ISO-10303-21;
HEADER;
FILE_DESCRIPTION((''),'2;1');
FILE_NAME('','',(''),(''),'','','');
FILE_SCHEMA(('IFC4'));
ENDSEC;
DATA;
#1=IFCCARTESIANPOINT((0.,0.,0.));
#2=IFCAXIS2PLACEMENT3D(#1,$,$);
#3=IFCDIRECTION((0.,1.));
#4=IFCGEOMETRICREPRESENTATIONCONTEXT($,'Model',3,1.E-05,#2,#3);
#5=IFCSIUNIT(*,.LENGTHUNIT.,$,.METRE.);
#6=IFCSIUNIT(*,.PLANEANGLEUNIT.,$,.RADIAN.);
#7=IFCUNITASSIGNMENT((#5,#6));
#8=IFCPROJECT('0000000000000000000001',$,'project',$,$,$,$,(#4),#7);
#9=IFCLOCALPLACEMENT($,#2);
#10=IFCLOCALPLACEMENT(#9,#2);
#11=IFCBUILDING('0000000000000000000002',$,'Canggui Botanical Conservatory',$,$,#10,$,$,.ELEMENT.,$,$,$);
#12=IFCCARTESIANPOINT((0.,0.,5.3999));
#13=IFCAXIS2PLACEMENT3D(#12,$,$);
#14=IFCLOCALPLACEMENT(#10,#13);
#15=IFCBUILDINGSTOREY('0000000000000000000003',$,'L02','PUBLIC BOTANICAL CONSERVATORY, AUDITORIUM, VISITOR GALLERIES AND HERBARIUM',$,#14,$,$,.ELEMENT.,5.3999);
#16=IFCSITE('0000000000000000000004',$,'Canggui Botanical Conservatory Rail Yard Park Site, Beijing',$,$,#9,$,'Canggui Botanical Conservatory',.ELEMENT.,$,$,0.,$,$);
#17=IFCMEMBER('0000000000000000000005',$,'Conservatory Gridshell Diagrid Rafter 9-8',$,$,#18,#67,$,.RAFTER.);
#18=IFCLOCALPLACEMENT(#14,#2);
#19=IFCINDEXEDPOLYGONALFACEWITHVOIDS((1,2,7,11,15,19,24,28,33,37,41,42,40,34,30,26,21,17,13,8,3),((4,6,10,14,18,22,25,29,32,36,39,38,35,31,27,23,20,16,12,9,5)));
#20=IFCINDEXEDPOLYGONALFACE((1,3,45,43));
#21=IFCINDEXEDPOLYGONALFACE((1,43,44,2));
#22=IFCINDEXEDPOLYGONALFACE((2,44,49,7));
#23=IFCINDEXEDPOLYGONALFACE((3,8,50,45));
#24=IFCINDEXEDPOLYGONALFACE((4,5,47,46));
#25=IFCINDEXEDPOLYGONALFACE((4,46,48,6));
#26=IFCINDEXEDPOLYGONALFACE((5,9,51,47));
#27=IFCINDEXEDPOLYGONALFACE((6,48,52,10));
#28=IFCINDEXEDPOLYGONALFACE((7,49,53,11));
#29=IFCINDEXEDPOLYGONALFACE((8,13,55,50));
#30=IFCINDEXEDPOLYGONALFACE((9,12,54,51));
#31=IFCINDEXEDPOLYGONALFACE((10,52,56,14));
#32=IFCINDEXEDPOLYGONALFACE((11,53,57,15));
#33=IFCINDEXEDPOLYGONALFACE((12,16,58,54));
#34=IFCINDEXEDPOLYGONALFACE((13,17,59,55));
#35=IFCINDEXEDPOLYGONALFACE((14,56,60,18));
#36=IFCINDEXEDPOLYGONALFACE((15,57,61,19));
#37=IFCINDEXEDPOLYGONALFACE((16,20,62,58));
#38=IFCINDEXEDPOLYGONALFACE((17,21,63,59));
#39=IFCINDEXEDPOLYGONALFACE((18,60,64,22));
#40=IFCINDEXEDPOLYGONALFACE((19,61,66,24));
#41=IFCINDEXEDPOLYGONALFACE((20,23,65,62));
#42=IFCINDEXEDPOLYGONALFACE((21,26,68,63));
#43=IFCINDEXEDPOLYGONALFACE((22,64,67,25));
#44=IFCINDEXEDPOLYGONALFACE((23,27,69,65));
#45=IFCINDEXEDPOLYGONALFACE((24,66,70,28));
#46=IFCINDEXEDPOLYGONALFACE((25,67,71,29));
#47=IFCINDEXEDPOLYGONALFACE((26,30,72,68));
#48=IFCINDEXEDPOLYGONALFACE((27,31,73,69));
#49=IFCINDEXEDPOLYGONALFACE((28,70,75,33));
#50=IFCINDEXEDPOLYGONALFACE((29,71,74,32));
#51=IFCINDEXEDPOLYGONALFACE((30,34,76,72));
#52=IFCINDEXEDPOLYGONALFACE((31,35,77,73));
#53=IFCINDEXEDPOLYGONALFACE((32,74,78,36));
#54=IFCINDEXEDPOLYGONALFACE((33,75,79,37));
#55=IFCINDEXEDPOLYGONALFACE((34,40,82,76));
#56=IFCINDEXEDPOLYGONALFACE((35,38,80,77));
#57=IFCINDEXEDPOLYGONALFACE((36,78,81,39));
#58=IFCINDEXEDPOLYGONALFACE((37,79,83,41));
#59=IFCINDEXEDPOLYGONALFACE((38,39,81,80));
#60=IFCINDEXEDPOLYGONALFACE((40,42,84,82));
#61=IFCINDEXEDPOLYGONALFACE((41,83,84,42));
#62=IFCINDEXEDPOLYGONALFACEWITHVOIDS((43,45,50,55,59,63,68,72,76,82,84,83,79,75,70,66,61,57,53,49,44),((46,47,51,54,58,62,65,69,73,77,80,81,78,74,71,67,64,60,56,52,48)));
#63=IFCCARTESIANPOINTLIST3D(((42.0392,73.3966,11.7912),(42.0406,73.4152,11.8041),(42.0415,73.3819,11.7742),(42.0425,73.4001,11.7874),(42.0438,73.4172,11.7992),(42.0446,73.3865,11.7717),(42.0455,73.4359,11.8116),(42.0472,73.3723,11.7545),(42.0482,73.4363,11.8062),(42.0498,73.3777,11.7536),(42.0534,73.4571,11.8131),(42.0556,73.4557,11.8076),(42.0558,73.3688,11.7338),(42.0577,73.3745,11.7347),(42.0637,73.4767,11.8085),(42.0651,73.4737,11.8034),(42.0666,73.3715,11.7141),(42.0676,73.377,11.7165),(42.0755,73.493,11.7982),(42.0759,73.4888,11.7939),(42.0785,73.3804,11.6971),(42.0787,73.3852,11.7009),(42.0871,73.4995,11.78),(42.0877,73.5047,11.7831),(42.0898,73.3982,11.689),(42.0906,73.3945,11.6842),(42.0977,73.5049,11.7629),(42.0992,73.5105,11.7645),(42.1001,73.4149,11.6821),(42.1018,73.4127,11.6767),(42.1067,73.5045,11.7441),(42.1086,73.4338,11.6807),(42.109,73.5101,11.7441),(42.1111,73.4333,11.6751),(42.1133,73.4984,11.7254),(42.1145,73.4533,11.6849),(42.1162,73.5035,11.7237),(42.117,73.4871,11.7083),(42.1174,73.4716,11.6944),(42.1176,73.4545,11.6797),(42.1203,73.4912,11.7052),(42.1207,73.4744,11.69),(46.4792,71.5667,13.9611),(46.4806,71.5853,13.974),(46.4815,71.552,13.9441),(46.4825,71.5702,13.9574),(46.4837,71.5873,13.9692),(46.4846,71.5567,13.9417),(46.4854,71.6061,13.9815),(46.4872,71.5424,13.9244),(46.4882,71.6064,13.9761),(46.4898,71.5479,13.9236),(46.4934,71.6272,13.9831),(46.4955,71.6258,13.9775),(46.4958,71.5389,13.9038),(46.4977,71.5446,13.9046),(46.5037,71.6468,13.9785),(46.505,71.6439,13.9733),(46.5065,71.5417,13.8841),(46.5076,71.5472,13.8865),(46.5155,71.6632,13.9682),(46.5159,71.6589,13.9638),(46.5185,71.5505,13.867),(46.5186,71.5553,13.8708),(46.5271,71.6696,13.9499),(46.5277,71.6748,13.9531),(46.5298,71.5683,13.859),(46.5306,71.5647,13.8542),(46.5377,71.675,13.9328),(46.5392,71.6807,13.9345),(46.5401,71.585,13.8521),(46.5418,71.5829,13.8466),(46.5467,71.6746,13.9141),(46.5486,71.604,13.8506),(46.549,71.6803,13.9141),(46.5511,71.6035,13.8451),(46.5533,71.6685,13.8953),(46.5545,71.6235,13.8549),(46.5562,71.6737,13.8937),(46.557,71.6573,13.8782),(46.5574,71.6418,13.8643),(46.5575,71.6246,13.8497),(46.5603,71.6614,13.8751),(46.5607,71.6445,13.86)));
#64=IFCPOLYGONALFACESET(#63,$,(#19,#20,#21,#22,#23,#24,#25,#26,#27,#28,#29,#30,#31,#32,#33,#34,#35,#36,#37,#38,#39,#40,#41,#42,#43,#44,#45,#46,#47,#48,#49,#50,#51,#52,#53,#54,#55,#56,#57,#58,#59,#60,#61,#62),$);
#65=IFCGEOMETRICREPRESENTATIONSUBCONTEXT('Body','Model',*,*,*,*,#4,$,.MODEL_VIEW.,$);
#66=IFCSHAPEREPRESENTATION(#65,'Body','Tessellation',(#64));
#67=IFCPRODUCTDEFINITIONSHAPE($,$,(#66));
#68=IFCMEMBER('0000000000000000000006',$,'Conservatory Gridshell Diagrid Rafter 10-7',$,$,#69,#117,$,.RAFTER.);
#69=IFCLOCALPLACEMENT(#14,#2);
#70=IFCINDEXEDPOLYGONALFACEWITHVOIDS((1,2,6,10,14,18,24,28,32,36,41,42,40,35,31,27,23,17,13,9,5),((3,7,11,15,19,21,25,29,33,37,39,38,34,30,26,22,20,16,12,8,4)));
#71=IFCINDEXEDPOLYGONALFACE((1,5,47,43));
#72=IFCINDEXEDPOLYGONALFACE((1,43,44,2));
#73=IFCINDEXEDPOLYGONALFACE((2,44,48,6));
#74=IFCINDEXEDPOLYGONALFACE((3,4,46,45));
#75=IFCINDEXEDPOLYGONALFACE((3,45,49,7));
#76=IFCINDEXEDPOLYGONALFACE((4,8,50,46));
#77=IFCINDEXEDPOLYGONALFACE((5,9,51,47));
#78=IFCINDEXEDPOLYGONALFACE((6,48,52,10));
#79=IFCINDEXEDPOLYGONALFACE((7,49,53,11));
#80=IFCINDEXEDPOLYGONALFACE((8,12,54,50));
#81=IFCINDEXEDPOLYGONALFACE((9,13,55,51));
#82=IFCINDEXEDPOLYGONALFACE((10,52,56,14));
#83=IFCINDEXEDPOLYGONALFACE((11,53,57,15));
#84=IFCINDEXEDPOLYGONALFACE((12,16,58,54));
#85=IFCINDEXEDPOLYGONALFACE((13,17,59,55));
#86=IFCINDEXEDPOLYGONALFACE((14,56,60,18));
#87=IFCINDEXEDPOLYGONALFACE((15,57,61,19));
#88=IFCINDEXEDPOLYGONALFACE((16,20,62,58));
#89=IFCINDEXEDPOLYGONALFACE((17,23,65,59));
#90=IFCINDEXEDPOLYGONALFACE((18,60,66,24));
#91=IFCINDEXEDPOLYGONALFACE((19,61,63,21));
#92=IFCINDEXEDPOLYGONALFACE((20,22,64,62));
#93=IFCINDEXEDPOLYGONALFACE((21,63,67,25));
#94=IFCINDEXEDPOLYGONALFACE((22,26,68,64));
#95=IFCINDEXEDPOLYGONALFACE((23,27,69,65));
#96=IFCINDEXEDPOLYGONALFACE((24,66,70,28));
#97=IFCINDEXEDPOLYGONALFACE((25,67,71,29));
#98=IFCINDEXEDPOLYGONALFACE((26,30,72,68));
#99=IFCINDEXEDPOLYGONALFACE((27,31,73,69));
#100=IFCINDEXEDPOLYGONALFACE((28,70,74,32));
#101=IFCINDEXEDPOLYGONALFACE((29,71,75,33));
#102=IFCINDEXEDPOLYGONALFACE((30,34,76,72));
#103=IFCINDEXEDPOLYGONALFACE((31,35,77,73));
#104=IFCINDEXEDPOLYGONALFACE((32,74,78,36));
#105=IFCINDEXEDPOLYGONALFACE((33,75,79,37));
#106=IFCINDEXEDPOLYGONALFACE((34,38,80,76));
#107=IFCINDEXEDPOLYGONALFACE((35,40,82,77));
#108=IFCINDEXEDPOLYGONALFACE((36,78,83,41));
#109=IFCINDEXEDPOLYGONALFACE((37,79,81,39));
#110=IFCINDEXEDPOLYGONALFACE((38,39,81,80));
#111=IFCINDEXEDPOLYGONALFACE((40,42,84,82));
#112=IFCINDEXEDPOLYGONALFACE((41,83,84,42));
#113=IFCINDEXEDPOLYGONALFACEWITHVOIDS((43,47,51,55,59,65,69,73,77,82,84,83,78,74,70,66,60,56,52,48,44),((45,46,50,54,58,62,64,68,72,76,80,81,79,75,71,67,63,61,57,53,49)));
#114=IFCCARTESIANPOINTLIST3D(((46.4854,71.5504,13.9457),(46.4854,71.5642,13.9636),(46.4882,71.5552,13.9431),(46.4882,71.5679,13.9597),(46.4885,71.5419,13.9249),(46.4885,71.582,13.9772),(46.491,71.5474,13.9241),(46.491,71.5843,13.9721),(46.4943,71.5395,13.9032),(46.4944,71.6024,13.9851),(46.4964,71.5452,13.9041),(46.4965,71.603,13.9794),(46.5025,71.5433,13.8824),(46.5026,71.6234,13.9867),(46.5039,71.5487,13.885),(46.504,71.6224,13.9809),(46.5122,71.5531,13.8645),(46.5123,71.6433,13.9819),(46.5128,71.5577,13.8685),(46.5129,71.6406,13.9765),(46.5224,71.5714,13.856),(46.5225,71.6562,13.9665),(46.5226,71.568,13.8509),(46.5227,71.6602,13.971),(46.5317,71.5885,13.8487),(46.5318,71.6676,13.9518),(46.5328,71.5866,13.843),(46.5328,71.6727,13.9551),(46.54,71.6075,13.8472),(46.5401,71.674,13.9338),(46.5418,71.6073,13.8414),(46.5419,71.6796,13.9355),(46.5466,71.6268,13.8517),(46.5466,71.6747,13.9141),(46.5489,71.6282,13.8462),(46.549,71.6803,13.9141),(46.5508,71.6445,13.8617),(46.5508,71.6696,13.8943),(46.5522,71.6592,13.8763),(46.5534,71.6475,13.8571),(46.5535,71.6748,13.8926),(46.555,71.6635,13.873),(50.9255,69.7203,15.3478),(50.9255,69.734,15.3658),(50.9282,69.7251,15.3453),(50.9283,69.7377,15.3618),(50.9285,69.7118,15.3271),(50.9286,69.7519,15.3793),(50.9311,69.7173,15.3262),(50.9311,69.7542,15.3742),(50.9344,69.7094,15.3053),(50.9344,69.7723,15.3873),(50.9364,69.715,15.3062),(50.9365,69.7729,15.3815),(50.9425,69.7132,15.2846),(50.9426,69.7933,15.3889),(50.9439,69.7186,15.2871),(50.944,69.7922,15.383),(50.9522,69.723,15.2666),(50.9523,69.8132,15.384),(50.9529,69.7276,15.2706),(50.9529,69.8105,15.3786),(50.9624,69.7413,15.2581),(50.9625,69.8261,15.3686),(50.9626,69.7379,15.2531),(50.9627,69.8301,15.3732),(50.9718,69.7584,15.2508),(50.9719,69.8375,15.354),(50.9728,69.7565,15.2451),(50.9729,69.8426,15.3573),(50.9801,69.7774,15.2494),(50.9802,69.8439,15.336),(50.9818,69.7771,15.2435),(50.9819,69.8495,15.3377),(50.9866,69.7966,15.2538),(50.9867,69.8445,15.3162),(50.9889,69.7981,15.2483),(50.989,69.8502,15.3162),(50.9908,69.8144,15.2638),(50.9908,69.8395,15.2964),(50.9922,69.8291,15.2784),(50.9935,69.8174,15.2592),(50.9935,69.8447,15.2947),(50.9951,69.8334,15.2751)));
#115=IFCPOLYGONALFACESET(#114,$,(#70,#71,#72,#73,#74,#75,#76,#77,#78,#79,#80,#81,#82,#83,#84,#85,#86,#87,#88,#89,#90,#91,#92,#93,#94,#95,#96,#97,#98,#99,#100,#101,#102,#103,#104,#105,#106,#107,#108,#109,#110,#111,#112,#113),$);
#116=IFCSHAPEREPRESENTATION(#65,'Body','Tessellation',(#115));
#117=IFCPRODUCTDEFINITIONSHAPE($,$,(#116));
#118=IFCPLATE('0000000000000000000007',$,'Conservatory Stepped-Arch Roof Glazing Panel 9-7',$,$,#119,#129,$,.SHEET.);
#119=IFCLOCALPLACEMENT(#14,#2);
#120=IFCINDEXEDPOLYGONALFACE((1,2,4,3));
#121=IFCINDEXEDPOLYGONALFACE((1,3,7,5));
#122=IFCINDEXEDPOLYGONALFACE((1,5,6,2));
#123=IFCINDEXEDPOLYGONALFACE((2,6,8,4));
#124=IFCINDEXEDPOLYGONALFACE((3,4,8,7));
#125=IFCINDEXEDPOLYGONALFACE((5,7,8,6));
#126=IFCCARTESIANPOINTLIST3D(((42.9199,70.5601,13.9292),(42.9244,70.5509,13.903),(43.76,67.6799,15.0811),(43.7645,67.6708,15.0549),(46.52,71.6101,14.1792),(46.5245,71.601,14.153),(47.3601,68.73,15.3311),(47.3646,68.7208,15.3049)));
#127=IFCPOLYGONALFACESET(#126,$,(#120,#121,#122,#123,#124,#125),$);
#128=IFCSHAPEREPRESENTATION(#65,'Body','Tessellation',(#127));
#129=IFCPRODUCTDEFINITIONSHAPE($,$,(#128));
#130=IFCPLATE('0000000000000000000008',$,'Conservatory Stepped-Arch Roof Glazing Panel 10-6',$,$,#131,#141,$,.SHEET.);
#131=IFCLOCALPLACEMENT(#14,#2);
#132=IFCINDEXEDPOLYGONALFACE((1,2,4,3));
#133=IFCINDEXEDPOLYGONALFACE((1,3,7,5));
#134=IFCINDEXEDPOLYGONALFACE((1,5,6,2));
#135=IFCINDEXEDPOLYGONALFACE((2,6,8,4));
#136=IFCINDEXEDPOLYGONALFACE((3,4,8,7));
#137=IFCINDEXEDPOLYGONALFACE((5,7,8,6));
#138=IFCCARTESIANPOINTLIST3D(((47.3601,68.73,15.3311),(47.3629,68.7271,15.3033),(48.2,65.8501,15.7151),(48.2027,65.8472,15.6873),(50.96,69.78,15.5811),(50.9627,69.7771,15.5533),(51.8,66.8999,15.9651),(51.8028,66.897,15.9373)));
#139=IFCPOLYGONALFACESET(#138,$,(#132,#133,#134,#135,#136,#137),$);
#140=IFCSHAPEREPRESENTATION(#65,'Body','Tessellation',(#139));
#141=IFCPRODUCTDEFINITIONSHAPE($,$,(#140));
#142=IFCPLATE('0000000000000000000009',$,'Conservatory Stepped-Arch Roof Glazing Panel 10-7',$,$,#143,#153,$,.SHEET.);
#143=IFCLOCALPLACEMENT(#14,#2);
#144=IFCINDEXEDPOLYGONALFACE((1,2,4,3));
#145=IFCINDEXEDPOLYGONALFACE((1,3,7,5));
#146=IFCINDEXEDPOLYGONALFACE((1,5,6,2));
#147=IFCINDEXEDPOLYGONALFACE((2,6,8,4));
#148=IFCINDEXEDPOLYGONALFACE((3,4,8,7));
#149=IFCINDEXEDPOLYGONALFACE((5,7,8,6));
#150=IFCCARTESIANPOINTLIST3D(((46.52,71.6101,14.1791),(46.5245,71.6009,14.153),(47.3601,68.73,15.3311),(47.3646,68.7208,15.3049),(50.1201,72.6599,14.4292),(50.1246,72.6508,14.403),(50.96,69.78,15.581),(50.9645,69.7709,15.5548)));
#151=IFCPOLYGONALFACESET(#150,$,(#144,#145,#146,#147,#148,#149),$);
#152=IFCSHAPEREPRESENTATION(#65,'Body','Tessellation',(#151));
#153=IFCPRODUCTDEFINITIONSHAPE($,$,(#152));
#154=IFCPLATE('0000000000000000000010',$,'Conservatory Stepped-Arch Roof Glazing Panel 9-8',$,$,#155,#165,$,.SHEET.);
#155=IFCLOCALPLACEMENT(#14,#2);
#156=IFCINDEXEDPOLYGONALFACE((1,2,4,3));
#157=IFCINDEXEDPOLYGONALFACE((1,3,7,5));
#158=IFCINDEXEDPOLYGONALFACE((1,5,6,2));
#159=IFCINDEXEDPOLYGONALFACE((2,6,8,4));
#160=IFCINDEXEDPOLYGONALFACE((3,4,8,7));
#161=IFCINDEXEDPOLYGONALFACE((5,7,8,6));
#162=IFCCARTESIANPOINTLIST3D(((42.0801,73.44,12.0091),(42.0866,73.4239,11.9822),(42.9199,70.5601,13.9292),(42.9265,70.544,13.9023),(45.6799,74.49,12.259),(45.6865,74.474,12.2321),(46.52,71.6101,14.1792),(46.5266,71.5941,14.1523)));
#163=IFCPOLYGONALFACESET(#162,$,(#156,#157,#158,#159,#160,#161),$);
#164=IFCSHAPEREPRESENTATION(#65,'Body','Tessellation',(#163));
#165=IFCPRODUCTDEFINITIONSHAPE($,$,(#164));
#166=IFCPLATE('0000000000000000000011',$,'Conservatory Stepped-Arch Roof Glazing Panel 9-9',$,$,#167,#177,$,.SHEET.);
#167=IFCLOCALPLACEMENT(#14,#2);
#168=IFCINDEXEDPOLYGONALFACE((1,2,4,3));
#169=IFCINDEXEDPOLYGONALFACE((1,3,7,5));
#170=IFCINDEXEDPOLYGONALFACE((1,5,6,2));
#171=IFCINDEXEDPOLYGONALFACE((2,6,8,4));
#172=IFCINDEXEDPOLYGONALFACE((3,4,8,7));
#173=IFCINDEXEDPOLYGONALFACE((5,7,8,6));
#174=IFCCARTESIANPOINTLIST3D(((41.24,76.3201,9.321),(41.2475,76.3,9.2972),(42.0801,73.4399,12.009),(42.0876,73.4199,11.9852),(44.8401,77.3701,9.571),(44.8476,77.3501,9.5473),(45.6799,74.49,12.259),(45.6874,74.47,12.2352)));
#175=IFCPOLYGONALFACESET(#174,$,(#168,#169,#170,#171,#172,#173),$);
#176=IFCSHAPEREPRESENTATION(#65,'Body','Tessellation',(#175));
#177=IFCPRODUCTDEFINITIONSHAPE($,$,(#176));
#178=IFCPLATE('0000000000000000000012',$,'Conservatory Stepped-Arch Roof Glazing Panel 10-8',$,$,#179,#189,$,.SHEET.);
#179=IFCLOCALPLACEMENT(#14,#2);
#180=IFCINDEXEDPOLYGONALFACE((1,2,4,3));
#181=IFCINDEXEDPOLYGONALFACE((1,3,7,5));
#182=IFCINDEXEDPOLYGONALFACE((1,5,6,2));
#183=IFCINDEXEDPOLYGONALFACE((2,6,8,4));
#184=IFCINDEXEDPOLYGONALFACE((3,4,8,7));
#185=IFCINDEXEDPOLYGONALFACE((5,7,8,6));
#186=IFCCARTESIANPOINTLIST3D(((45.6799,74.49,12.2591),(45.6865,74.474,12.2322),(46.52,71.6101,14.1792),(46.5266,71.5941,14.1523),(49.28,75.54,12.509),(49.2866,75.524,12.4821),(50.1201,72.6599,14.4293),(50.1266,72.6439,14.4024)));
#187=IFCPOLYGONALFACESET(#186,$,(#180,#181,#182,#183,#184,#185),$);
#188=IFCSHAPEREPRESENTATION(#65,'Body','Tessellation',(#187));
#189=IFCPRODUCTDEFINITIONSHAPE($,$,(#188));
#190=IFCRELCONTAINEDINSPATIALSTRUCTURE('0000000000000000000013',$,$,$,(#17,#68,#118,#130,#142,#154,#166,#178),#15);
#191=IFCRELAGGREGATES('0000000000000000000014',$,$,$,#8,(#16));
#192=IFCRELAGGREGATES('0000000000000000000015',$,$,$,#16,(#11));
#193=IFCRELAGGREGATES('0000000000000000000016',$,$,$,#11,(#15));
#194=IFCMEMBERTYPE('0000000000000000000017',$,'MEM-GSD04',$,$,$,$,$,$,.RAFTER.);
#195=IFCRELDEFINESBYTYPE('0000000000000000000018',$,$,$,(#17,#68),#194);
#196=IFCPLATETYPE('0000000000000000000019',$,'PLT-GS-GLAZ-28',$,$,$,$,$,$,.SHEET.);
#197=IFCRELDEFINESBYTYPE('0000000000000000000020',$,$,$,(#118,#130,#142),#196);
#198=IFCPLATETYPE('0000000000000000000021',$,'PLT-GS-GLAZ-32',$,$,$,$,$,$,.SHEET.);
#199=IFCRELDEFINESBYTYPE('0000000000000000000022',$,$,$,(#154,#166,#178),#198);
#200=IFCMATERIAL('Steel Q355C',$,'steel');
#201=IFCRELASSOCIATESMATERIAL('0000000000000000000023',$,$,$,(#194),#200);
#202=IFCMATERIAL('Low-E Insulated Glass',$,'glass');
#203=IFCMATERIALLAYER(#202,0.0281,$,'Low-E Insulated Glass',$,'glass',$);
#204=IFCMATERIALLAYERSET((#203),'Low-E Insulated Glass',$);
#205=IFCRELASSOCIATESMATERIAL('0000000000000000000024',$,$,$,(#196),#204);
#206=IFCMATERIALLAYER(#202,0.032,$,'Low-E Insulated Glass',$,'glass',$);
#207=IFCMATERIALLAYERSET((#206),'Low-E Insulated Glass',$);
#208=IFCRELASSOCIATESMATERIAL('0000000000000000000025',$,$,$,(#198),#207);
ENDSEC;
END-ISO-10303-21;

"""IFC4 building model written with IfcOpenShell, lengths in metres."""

from ifc_helpers import new_model, si_unit, direction, frame, origin, origin_2d, place, context, subcontext, project, spatial, polyline, hollow_circle, outline, extrude, material, layer, layer_set, material_profile, profile_set, type_object, element, save


model = new_model("IFC4")

# Units and contexts
model_context = context("Model", 3, precision=1e-05, world=origin(), true_north=direction((0.0, 1.0)))
body_context = subcontext(model_context, "Body", "Model", "MODEL_VIEW")
ifc_project = project(units=[si_unit("LENGTHUNIT", "METRE"), si_unit("PLANEANGLEUNIT", "RADIAN")], contexts=[model_context])

# Site, building, storey
site_placement = place(None, origin())
site = spatial("IfcSite", under=ifc_project, at=site_placement, Name="Canggui Botanical Conservatory Rail Yard Park Site, Beijing", LongName="Canggui Botanical Conservatory", CompositionType="ELEMENT", RefElevation=0.0)
building_placement = place(site_placement, origin())
building = spatial("IfcBuilding", under=site, at=building_placement, Name="Canggui Botanical Conservatory", CompositionType="ELEMENT")
storey_placement = place(building_placement, frame((0.0, 0.0, 5.3999)))
storey = spatial("IfcBuildingStorey", under=building, at=storey_placement, Name="L02", Description="PUBLIC BOTANICAL CONSERVATORY, AUDITORIUM, VISITOR GALLERIES AND HERBARIUM", CompositionType="ELEMENT", Elevation=5.3999)

# Shared definitions
ifc_material_1 = material(Name="Steel Q355C", Category="steel")

# Members
ifc_material_profile_1 = material_profile(ifc_material_1, hollow_circle(Radius=0.0759, WallThickness=0.0061, at=origin_2d()), Name="CHS 152x6")
ifc_profile_set_1 = profile_set([ifc_material_profile_1], Name="Steel Q355C")
member_type_1 = type_object("IfcMemberType", Name="MEM-GSD04", PredefinedType="RAFTER", material=ifc_profile_set_1)
member_1_placement = place(storey_placement, frame((42.0801, 73.4399, 11.7441), z_axis=(0.842539, -0.347236, 0.411772), x_axis=(0.381039, 0.924559, 0.0)))
element("IfcMember", 1, at=member_1_placement, inside=storey, type_object=member_type_1, Name="Conservatory Gridshell Diagrid Rafter 9-8", PredefinedType="RAFTER", context=body_context, shape_type="SweptSolid", body=[
    extrude(hollow_circle(Radius=0.0759, WallThickness=0.0061, at=origin_2d()), origin(), (0.0, 0.0, 1.0), 5.2698),
])
member_2_placement = place(storey_placement, frame((46.52, 71.6101, 13.9141), z_axis=(0.887489, -0.36581, 0.280262), x_axis=(0.381082, 0.924541, 0.0)))
element("IfcMember", 2, at=member_2_placement, inside=storey, type_object=member_type_1, Name="Conservatory Gridshell Diagrid Rafter 10-7", PredefinedType="RAFTER", context=body_context, shape_type="SweptSolid", body=[
    extrude(hollow_circle(Radius=0.0759, WallThickness=0.0061, at=origin_2d()), origin(), (0.0, 0.0, 1.0), 5.0029),
])

# Plates
ifc_material_2 = material(Name="Low-E Insulated Glass", Category="glass")
ifc_layer_1 = layer(ifc_material_2, 0.0281, Name="Low-E Insulated Glass", Category="glass")
ifc_layer_set_1 = layer_set([ifc_layer_1], Name="Low-E Insulated Glass")
plate_type_1 = type_object("IfcPlateType", Name="PLT-GS-GLAZ-28", PredefinedType="SHEET", material=ifc_layer_set_1)
plate_1_placement = place(storey_placement, frame((43.76, 67.6799, 15.0811), z_axis=(-0.159797, 0.326029, 0.931756), x_axis=(0.957872, 0.279385, 0.066517)))
element("IfcPlate", 3, at=plate_1_placement, inside=storey, type_object=plate_type_1, Name="Conservatory Stepped-Arch Roof Glazing Panel 9-7", PredefinedType="SHEET", context=body_context, shape_type="SweptSolid", body=[
    extrude(outline(polyline([(0.0, 0.0), (3.7584, 0.0), (3.6818, 3.2128), (-0.0767, 3.2128), (0.0, 0.0)])), origin(), (0.0, 0.0, -1.0), 0.0281),
])
plate_2_placement = place(storey_placement, frame((48.2, 65.8501, 15.7151), z_axis=(-0.098818, 0.103156, 0.989744), x_axis=(0.957889, 0.279326, 0.066525)))
element("IfcPlate", 4, at=plate_2_placement, inside=storey, type_object=plate_type_1, Name="Conservatory Stepped-Arch Roof Glazing Panel 10-6", PredefinedType="SHEET", context=body_context, shape_type="SweptSolid", body=[
    extrude(outline(polyline([(0.0, 0.0), (3.7584, 0.0), (3.7326, 3.0245), (-0.0256, 3.0242), (0.0, 0.0)])), origin(), (0.0, 0.0, -1.0), 0.0281),
])
plate_3_placement = place(storey_placement, frame((47.3601, 68.73, 15.3311), z_axis=(-0.159796, 0.326047, 0.93175), x_axis=(0.95787, 0.279397, 0.066507)))
element("IfcPlate", 5, at=plate_3_placement, inside=storey, type_object=plate_type_1, Name="Conservatory Stepped-Arch Roof Glazing Panel 10-7", PredefinedType="SHEET", context=body_context, shape_type="SweptSolid", body=[
    extrude(outline(polyline([(0.0, 0.0), (3.7582, 0.0), (3.6818, 3.2125), (-0.0766, 3.2128), (0.0, 0.0)])), origin(), (0.0, 0.0, -1.0), 0.0281),
])
ifc_layer_2 = layer(ifc_material_2, 0.032, Name="Low-E Insulated Glass", Category="glass")
ifc_layer_set_2 = layer_set([ifc_layer_2], Name="Low-E Insulated Glass")
plate_type_2 = type_object("IfcPlateType", Name="PLT-GS-GLAZ-32", PredefinedType="SHEET", material=ifc_layer_set_2)
plate_4_placement = place(storey_placement, frame((42.9199, 70.5601, 13.9292), z_axis=(-0.204537, 0.501025, 0.840915), x_axis=(0.957871, 0.279388, 0.066523)))
element("IfcPlate", 6, at=plate_4_placement, inside=storey, type_object=plate_type_2, Name="Conservatory Stepped-Arch Roof Glazing Panel 9-8", PredefinedType="SHEET", context=body_context, shape_type="SweptSolid", body=[
    extrude(outline(polyline([(0.0, 0.0), (3.7584, 0.0), (3.6306, 3.5595), (-0.1276, 3.5595), (0.0, 0.0)])), origin(), (0.0, 0.0, -1.0), 0.032),
])
plate_5_placement = place(storey_placement, frame((42.0801, 73.4399, 12.009), z_axis=(-0.234232, 0.625933, 0.74387), x_axis=(0.957869, 0.279397, 0.066516)))
element("IfcPlate", 7, at=plate_5_placement, inside=storey, type_object=plate_type_2, Name="Conservatory Stepped-Arch Roof Glazing Panel 9-9", PredefinedType="SHEET", context=body_context, shape_type="SweptSolid", body=[
    extrude(outline(polyline([(0.0, 0.0), (3.7582, 0.0), (3.5796, 4.0242), (-0.1788, 4.0242), (0.0, 0.0)])), origin(), (0.0, 0.0, -1.0), 0.032),
])
plate_6_placement = place(storey_placement, frame((46.52, 71.6101, 14.1792), z_axis=(-0.204511, 0.501012, 0.840929), x_axis=(0.957886, 0.279333, 0.066532)))
element("IfcPlate", 8, at=plate_6_placement, inside=storey, type_object=plate_type_2, Name="Conservatory Stepped-Arch Roof Glazing Panel 10-8", PredefinedType="SHEET", context=body_context, shape_type="SweptSolid", body=[
    extrude(outline(polyline([(0.0, 0.0), (3.7584, 0.0), (3.6304, 3.5597), (-0.128, 3.5595), (0.0, 0.0)])), origin(), (0.0, 0.0, -1.0), 0.032),
])

save(model, "model.ifc")
